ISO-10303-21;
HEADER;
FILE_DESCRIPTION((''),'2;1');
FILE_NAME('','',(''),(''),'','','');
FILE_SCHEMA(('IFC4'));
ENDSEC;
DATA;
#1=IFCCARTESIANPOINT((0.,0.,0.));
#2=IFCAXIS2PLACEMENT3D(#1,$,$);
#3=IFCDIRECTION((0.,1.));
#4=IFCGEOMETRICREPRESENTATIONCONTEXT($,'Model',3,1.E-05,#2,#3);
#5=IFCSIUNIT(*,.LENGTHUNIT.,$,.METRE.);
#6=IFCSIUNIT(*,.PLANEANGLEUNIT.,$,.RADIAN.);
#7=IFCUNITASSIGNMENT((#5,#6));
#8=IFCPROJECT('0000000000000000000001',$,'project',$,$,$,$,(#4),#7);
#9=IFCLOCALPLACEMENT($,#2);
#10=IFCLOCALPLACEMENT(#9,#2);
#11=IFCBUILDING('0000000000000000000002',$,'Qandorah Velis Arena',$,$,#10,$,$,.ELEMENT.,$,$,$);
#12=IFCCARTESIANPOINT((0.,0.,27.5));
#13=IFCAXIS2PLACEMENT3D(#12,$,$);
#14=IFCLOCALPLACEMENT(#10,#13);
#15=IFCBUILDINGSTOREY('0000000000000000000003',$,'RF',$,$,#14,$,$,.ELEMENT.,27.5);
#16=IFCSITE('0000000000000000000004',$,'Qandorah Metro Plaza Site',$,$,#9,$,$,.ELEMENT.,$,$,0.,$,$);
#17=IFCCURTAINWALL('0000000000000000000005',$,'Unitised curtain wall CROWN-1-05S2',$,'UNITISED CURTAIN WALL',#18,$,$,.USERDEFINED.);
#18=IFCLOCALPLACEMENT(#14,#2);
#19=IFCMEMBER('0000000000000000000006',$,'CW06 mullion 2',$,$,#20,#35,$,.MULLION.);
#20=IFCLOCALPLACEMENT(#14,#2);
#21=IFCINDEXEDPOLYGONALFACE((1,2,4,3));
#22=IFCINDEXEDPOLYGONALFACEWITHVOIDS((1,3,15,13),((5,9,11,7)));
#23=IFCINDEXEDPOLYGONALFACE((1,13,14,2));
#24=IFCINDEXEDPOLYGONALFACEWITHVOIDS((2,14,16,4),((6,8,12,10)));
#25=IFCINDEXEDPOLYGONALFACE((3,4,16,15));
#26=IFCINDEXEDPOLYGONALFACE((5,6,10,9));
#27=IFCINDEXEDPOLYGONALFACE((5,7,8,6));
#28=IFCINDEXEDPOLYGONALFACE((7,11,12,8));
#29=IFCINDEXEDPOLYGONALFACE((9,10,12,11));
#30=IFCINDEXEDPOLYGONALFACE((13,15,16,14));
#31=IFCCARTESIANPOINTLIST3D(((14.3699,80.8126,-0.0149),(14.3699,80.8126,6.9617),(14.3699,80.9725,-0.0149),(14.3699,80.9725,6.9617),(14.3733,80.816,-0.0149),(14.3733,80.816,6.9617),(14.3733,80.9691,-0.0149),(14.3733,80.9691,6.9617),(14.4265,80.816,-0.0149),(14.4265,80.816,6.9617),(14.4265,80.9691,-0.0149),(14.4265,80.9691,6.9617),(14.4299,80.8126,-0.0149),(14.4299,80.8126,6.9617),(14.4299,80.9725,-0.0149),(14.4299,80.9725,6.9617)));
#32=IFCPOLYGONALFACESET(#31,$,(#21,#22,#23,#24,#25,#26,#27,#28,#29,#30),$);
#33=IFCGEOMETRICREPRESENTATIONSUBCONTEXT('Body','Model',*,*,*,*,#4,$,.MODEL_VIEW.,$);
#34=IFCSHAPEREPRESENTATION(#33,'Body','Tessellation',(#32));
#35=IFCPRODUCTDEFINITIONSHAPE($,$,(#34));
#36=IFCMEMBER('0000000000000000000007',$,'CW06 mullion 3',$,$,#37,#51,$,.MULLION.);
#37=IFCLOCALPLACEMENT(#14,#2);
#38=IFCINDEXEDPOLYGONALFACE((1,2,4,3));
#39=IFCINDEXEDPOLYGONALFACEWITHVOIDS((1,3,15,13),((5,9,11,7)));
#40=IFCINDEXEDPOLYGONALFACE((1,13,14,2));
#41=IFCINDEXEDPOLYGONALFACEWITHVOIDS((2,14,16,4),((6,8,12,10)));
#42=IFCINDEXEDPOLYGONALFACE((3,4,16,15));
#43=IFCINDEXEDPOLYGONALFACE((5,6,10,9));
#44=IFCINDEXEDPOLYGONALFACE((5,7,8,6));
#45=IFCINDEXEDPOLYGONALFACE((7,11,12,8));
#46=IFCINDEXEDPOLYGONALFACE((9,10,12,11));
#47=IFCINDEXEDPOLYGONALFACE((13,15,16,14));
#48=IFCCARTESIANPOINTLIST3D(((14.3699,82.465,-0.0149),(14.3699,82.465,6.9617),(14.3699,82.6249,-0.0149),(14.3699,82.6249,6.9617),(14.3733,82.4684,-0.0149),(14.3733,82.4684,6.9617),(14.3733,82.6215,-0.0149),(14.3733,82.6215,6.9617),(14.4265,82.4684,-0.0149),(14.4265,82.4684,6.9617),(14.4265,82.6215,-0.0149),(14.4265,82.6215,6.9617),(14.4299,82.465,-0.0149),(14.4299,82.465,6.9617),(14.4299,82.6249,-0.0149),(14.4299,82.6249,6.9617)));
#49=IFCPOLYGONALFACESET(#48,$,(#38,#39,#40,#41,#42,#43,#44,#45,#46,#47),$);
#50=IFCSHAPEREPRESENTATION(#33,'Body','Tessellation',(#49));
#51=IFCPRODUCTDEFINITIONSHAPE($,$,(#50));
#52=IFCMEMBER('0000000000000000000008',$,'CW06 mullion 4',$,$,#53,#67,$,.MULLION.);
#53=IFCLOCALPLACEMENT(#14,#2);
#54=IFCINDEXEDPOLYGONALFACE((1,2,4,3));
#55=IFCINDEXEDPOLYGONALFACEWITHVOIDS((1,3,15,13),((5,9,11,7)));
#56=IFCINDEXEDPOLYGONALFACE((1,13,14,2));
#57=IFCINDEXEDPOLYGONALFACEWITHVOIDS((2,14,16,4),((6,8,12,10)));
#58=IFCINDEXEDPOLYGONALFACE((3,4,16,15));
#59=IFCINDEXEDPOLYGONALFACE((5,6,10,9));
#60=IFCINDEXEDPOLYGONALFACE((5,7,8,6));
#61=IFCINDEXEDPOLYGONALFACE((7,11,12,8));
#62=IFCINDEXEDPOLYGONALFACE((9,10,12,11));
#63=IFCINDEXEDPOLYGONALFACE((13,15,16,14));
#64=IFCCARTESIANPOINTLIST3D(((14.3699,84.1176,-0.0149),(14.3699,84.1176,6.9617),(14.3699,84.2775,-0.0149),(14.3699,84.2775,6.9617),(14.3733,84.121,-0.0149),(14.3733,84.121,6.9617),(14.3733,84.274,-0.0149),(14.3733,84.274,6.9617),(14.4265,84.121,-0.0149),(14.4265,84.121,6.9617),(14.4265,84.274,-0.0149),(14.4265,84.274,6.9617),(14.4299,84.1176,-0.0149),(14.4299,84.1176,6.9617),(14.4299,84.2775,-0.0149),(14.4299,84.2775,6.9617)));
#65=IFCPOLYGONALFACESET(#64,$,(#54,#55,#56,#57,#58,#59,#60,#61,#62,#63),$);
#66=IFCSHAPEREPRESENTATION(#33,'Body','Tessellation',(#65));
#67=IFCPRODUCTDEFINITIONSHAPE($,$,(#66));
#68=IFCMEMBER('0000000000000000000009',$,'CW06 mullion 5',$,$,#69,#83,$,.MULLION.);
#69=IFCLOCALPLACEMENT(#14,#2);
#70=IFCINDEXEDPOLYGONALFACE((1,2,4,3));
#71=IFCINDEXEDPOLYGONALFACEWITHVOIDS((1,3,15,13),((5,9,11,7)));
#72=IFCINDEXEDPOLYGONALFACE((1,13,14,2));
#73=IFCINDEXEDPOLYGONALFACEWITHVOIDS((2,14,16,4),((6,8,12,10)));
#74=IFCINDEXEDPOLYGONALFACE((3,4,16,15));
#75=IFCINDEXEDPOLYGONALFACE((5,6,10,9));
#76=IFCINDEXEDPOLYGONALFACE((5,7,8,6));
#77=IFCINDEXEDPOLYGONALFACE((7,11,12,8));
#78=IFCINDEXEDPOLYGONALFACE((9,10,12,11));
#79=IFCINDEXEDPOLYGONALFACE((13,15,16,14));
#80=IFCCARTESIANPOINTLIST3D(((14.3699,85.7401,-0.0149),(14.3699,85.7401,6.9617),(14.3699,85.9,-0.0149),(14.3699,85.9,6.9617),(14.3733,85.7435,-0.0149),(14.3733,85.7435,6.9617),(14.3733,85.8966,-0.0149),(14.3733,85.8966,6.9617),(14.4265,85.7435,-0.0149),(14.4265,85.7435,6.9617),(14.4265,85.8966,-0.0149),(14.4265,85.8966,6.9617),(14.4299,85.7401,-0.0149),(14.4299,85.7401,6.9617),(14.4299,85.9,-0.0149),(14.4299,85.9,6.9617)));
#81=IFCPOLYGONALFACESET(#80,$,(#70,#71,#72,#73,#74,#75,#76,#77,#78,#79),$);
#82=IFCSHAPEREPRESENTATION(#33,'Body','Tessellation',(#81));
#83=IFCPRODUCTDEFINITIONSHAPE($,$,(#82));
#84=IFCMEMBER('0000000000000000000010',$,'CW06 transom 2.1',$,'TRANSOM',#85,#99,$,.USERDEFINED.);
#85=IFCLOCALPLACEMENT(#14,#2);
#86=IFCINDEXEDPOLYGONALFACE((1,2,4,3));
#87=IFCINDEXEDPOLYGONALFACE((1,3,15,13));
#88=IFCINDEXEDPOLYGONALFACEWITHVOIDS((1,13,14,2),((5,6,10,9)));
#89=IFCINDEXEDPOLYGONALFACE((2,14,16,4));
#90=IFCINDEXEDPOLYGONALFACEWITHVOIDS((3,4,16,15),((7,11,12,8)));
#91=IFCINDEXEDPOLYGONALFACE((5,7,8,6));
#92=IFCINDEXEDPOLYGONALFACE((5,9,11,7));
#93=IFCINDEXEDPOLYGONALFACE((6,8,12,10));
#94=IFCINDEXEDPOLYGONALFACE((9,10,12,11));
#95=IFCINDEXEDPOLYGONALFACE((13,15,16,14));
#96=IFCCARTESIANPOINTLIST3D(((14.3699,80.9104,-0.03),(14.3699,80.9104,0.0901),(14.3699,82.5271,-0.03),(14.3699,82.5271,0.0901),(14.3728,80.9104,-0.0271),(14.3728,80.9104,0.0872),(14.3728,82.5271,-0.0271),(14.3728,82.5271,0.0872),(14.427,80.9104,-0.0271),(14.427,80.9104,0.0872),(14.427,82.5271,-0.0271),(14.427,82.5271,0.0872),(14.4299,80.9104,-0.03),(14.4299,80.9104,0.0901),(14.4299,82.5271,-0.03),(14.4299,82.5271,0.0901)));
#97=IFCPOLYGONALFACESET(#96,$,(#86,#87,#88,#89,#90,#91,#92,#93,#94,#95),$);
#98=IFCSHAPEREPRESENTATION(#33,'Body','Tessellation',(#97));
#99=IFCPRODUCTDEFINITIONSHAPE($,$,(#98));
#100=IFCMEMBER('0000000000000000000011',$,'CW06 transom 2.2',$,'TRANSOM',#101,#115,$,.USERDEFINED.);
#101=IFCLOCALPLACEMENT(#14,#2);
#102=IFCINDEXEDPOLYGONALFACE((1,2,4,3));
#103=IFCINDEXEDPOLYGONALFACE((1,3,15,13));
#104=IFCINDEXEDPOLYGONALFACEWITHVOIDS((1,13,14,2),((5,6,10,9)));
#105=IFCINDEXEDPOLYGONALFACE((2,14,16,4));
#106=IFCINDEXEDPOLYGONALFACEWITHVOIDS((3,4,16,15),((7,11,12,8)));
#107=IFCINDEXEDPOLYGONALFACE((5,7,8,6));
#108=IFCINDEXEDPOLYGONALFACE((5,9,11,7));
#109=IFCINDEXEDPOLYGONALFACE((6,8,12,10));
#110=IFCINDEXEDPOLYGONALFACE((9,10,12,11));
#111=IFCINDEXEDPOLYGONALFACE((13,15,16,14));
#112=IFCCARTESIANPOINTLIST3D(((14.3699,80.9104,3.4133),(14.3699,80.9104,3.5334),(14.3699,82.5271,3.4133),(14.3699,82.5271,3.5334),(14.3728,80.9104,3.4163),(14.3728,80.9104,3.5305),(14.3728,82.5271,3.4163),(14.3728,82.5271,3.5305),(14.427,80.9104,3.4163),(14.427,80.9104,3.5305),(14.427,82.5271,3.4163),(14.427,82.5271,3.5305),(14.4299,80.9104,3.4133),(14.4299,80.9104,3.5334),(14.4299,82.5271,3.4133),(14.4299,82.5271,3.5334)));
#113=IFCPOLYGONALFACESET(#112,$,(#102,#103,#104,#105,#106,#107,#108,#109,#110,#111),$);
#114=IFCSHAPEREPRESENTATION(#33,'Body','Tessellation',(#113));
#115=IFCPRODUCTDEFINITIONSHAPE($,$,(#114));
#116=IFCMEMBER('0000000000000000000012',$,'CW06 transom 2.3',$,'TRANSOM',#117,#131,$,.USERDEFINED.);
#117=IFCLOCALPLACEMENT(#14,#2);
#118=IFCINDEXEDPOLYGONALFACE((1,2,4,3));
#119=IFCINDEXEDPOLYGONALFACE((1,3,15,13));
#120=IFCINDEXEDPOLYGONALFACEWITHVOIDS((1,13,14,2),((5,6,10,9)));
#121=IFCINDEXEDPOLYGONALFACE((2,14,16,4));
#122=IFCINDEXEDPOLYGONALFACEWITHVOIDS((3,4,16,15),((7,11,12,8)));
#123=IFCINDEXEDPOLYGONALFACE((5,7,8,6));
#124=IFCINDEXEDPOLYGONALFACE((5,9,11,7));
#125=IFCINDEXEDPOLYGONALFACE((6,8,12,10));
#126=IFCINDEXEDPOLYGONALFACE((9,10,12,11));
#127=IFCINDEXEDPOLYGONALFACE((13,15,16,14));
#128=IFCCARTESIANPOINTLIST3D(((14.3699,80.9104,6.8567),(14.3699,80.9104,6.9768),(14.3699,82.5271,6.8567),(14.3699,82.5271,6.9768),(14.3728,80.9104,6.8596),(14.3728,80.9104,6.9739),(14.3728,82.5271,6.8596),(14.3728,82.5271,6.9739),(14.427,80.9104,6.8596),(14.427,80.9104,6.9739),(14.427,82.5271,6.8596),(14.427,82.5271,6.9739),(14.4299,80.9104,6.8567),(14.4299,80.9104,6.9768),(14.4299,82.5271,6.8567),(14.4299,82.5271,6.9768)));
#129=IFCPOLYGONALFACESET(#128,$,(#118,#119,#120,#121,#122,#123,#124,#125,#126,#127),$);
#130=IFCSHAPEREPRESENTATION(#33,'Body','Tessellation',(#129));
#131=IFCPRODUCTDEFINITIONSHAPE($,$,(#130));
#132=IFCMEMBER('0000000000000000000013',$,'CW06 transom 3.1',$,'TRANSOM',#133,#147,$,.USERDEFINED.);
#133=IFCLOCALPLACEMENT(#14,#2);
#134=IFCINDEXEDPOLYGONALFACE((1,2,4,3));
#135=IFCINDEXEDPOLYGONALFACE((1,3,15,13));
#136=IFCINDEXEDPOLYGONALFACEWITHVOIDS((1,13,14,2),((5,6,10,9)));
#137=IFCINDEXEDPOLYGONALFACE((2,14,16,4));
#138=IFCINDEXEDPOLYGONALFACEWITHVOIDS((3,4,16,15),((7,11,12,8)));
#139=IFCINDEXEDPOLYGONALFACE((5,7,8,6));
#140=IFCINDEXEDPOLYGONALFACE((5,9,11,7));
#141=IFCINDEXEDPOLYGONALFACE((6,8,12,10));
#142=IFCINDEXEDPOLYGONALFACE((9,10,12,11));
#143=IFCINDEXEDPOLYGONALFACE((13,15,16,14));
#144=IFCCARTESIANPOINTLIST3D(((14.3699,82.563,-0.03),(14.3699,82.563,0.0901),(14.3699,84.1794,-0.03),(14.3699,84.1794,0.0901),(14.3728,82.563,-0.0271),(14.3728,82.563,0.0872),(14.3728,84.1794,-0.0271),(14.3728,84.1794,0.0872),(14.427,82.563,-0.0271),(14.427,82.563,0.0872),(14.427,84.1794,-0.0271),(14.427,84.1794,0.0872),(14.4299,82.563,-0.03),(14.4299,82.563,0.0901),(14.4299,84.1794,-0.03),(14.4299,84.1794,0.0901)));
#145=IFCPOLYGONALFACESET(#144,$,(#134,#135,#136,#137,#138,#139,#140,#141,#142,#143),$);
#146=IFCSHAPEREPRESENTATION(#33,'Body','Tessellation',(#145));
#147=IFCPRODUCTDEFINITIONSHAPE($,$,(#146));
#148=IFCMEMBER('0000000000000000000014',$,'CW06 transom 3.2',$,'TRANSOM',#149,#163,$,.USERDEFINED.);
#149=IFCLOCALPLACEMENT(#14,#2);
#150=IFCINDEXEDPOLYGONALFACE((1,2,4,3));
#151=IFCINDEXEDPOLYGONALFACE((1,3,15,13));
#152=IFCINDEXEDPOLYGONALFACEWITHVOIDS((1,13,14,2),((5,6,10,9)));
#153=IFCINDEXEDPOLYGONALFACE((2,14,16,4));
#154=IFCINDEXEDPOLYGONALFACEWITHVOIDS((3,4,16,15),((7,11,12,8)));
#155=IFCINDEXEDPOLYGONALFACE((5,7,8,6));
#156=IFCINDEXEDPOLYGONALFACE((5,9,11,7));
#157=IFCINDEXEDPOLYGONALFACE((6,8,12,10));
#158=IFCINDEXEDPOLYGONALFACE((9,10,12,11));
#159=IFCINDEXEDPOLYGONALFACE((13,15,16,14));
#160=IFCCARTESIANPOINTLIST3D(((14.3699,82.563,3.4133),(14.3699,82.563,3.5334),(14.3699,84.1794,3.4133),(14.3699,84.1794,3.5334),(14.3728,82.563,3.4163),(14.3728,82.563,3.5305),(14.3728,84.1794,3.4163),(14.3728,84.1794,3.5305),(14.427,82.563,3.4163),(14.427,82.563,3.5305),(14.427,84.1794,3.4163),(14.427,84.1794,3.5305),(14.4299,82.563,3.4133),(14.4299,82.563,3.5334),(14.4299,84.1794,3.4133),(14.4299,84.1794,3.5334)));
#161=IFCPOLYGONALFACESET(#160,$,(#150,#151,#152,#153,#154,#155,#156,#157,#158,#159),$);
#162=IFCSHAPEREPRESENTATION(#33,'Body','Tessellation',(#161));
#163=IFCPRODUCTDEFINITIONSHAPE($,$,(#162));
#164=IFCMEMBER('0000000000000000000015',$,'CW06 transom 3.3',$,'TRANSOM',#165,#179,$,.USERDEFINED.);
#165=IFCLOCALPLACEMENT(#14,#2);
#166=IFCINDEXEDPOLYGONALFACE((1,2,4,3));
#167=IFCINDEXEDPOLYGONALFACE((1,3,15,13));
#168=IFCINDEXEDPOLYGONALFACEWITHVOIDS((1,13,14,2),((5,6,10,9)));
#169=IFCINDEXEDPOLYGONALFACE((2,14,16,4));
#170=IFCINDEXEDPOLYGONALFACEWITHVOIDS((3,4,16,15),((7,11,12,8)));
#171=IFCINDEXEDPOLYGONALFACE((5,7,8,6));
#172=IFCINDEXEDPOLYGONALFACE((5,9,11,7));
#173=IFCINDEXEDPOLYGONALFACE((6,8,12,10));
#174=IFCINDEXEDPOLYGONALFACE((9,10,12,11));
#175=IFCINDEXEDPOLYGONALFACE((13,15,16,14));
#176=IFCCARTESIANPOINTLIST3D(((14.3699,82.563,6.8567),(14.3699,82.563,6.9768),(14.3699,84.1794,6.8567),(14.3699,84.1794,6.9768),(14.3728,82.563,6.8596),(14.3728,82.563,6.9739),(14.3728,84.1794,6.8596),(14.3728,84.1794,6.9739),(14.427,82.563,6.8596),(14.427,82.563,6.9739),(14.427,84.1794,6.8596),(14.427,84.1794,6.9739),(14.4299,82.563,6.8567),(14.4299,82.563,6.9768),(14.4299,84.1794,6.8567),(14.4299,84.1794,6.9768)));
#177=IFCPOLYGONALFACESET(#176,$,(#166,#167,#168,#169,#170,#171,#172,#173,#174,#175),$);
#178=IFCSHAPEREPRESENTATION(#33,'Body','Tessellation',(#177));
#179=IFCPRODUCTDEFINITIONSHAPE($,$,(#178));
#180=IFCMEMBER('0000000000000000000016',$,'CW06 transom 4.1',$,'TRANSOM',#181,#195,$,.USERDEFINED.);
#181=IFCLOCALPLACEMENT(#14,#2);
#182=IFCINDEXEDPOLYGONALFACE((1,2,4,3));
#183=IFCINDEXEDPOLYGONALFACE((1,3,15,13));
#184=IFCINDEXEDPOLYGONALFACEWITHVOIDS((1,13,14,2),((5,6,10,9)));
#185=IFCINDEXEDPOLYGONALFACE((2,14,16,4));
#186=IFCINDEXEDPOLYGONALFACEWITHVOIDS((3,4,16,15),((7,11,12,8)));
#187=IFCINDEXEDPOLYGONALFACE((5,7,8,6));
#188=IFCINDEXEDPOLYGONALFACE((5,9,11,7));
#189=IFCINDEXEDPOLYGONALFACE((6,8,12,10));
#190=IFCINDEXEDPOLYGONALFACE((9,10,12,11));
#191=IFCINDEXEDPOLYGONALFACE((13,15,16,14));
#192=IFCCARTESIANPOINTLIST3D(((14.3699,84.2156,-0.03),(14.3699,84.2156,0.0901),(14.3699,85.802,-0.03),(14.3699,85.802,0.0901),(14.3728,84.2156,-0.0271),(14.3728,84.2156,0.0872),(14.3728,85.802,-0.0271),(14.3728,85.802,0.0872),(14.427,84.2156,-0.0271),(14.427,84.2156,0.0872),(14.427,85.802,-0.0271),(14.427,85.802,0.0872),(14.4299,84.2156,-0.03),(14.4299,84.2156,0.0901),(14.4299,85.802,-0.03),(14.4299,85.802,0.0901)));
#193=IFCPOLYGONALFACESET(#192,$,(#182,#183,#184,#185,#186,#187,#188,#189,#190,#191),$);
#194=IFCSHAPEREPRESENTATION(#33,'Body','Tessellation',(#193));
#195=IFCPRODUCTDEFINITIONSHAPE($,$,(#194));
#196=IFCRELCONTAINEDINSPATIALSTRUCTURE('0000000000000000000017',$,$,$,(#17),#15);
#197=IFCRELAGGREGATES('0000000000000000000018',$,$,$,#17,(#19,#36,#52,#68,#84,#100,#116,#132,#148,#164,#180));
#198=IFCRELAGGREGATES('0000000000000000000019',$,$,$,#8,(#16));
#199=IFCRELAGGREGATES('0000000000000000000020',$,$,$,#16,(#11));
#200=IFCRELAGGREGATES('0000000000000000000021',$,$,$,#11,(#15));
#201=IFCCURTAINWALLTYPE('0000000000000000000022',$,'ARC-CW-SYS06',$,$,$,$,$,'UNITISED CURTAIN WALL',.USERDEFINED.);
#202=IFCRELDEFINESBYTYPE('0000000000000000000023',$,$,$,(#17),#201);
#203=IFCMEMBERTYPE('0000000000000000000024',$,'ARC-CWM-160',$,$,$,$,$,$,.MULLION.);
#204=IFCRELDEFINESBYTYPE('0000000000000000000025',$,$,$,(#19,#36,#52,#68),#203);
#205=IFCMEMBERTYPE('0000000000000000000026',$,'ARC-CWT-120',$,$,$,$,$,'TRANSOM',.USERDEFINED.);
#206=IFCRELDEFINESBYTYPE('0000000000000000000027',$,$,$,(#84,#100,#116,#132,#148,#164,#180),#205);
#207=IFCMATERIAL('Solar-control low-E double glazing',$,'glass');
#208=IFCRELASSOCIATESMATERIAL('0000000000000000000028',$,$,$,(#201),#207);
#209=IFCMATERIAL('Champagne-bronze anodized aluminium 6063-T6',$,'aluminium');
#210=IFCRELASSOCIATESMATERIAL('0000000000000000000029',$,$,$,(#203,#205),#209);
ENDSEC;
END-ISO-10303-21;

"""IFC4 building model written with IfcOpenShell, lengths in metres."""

from ifc_helpers import new_model, si_unit, direction, frame, origin, origin_2d, place, context, subcontext, project, spatial, hollow_rectangle, extrude, material, material_profile, profile_set, type_object, element, aggregate, save


model = new_model("IFC4")

# Units and contexts
model_context = context("Model", 3, precision=1e-05, world=origin(), true_north=direction((0.0, 1.0)))
body_context = subcontext(model_context, "Body", "Model", "MODEL_VIEW")
ifc_project = project(units=[si_unit("LENGTHUNIT", "METRE"), si_unit("PLANEANGLEUNIT", "RADIAN")], contexts=[model_context])

# Site, building, storey
site_placement = place(None, origin())
site = spatial("IfcSite", under=ifc_project, at=site_placement, Name="Qandorah Metro Plaza Site", CompositionType="ELEMENT", RefElevation=0.0)
building_placement = place(site_placement, origin())
building = spatial("IfcBuilding", under=site, at=building_placement, Name="Qandorah Velis Arena", CompositionType="ELEMENT")
storey_placement = place(building_placement, frame((0.0, 0.0, 27.5)))
storey = spatial("IfcBuildingStorey", under=building, at=storey_placement, Name="RF", CompositionType="ELEMENT", Elevation=27.5)

# Curtain wall, members
ifc_material_1 = material(Name="Solar-control low-E double glazing", Category="glass")
curtain_wall_type = type_object("IfcCurtainWallType", Name="ARC-CW-SYS06", ElementType="UNITISED CURTAIN WALL", PredefinedType="USERDEFINED", material=ifc_material_1)
curtain_wall_placement = place(storey_placement, origin())
curtain_wall = element("IfcCurtainWall", 1, at=curtain_wall_placement, inside=storey, type_object=curtain_wall_type, Name="Unitised curtain wall CROWN-1-05S2", ObjectType="UNITISED CURTAIN WALL", PredefinedType="USERDEFINED")
ifc_material_2 = material(Name="Champagne-bronze anodized aluminium 6063-T6", Category="aluminium")
ifc_material_profile_1 = material_profile(ifc_material_2, hollow_rectangle(XDim=0.0601, YDim=0.1599, WallThickness=0.0034, at=origin_2d()), Name="ALU MULLION 60x160")
ifc_profile_set_1 = profile_set([ifc_material_profile_1], Name="Champagne-bronze anodized aluminium 6063-T6")
member_type_1 = type_object("IfcMemberType", Name="ARC-CWM-160", PredefinedType="MULLION", material=ifc_profile_set_1)
member_1_placement = place(storey_placement, frame((14.3999, 80.8926, -0.0149), z_axis=(0.0, 0.0, 1.0), x_axis=(-1.0, 0.0, 0.0)))
member_1 = element("IfcMember", 2, at=member_1_placement, type_object=member_type_1, Name="CW06 mullion 2", PredefinedType="MULLION", context=body_context, shape_type="SweptSolid", body=[
    extrude(hollow_rectangle(XDim=0.0601, YDim=0.1599, WallThickness=0.0034, at=origin_2d()), origin(), (0.0, 0.0, 1.0), 6.9766),
])
member_2_placement = place(storey_placement, frame((14.3999, 82.5449, -0.0149), z_axis=(0.0, 0.0, 1.0), x_axis=(-1.0, 0.0, 0.0)))
member_2 = element("IfcMember", 3, at=member_2_placement, type_object=member_type_1, Name="CW06 mullion 3", PredefinedType="MULLION", context=body_context, shape_type="SweptSolid", body=[
    extrude(hollow_rectangle(XDim=0.0601, YDim=0.1599, WallThickness=0.0034, at=origin_2d()), origin(), (0.0, 0.0, 1.0), 6.9766),
])
member_3_placement = place(storey_placement, frame((14.3999, 84.1975, -0.0149), z_axis=(0.0, 0.0, 1.0), x_axis=(-1.0, 0.0, 0.0)))
member_3 = element("IfcMember", 4, at=member_3_placement, type_object=member_type_1, Name="CW06 mullion 4", PredefinedType="MULLION", context=body_context, shape_type="SweptSolid", body=[
    extrude(hollow_rectangle(XDim=0.0601, YDim=0.1599, WallThickness=0.0034, at=origin_2d()), origin(), (0.0, 0.0, 1.0), 6.9766),
])
member_4_placement = place(storey_placement, frame((14.3999, 85.8201, -0.0149), z_axis=(0.0, 0.0, 1.0), x_axis=(-1.0, 0.0, 0.0)))
member_4 = element("IfcMember", 5, at=member_4_placement, type_object=member_type_1, Name="CW06 mullion 5", PredefinedType="MULLION", context=body_context, shape_type="SweptSolid", body=[
    extrude(hollow_rectangle(XDim=0.0601, YDim=0.1599, WallThickness=0.0034, at=origin_2d()), origin(), (0.0, 0.0, 1.0), 6.9766),
])
ifc_material_profile_2 = material_profile(ifc_material_2, hollow_rectangle(XDim=0.0601, YDim=0.1201, WallThickness=0.0029, at=origin_2d()), Name="ALU TRANSOM 60x120")
ifc_profile_set_2 = profile_set([ifc_material_profile_2], Name="Champagne-bronze anodized aluminium 6063-T6")
member_type_2 = type_object("IfcMemberType", Name="ARC-CWT-120", ElementType="TRANSOM", PredefinedType="USERDEFINED", material=ifc_profile_set_2)
member_5_placement = place(storey_placement, frame((14.3999, 80.9104, 0.03), z_axis=(0.0, 1.0, 0.0), x_axis=(-1.0, 0.0, 0.0)))
member_5 = element("IfcMember", 6, at=member_5_placement, type_object=member_type_2, Name="CW06 transom 2.1", ObjectType="TRANSOM", PredefinedType="USERDEFINED", context=body_context, shape_type="SweptSolid", body=[
    extrude(hollow_rectangle(XDim=0.0601, YDim=0.1201, WallThickness=0.0029, at=origin_2d()), origin(), (0.0, 0.0, 1.0), 1.6167),
])
member_6_placement = place(storey_placement, frame((14.3999, 80.9104, 3.4734), z_axis=(0.0, 1.0, 0.0), x_axis=(-1.0, 0.0, 0.0)))
member_6 = element("IfcMember", 7, at=member_6_placement, type_object=member_type_2, Name="CW06 transom 2.2", ObjectType="TRANSOM", PredefinedType="USERDEFINED", context=body_context, shape_type="SweptSolid", body=[
    extrude(hollow_rectangle(XDim=0.0601, YDim=0.1201, WallThickness=0.0029, at=origin_2d()), origin(), (0.0, 0.0, 1.0), 1.6167),
])
member_7_placement = place(storey_placement, frame((14.3999, 80.9104, 6.9167), z_axis=(0.0, 1.0, 0.0), x_axis=(-1.0, 0.0, 0.0)))
member_7 = element("IfcMember", 8, at=member_7_placement, type_object=member_type_2, Name="CW06 transom 2.3", ObjectType="TRANSOM", PredefinedType="USERDEFINED", context=body_context, shape_type="SweptSolid", body=[
    extrude(hollow_rectangle(XDim=0.0601, YDim=0.1201, WallThickness=0.0029, at=origin_2d()), origin(), (0.0, 0.0, 1.0), 1.6167),
])
member_8_placement = place(storey_placement, frame((14.3999, 82.563, 0.03), z_axis=(0.0, 1.0, 0.0), x_axis=(-1.0, 0.0, 0.0)))
member_8 = element("IfcMember", 9, at=member_8_placement, type_object=member_type_2, Name="CW06 transom 3.1", ObjectType="TRANSOM", PredefinedType="USERDEFINED", context=body_context, shape_type="SweptSolid", body=[
    extrude(hollow_rectangle(XDim=0.0601, YDim=0.1201, WallThickness=0.0029, at=origin_2d()), origin(), (0.0, 0.0, 1.0), 1.6165),
])
member_9_placement = place(storey_placement, frame((14.3999, 82.563, 3.4734), z_axis=(0.0, 1.0, 0.0), x_axis=(-1.0, 0.0, 0.0)))
member_9 = element("IfcMember", 10, at=member_9_placement, type_object=member_type_2, Name="CW06 transom 3.2", ObjectType="TRANSOM", PredefinedType="USERDEFINED", context=body_context, shape_type="SweptSolid", body=[
    extrude(hollow_rectangle(XDim=0.0601, YDim=0.1201, WallThickness=0.0029, at=origin_2d()), origin(), (0.0, 0.0, 1.0), 1.6165),
])
member_10_placement = place(storey_placement, frame((14.3999, 82.563, 6.9167), z_axis=(0.0, 1.0, 0.0), x_axis=(-1.0, 0.0, 0.0)))
member_10 = element("IfcMember", 11, at=member_10_placement, type_object=member_type_2, Name="CW06 transom 3.3", ObjectType="TRANSOM", PredefinedType="USERDEFINED", context=body_context, shape_type="SweptSolid", body=[
    extrude(hollow_rectangle(XDim=0.0601, YDim=0.1201, WallThickness=0.0029, at=origin_2d()), origin(), (0.0, 0.0, 1.0), 1.6165),
])
member_11_placement = place(storey_placement, frame((14.3999, 84.2156, 0.03), z_axis=(0.0, 1.0, 0.0), x_axis=(-1.0, 0.0, 0.0)))
member_11 = element("IfcMember", 12, at=member_11_placement, type_object=member_type_2, Name="CW06 transom 4.1", ObjectType="TRANSOM", PredefinedType="USERDEFINED", context=body_context, shape_type="SweptSolid", body=[
    extrude(hollow_rectangle(XDim=0.0601, YDim=0.1201, WallThickness=0.0029, at=origin_2d()), origin(), (0.0, 0.0, 1.0), 1.5864),
])

aggregate(curtain_wall, [member_1, member_2, member_3, member_4, member_5, member_6, member_7, member_8, member_9, member_10, member_11])

save(model, "model.ifc")
